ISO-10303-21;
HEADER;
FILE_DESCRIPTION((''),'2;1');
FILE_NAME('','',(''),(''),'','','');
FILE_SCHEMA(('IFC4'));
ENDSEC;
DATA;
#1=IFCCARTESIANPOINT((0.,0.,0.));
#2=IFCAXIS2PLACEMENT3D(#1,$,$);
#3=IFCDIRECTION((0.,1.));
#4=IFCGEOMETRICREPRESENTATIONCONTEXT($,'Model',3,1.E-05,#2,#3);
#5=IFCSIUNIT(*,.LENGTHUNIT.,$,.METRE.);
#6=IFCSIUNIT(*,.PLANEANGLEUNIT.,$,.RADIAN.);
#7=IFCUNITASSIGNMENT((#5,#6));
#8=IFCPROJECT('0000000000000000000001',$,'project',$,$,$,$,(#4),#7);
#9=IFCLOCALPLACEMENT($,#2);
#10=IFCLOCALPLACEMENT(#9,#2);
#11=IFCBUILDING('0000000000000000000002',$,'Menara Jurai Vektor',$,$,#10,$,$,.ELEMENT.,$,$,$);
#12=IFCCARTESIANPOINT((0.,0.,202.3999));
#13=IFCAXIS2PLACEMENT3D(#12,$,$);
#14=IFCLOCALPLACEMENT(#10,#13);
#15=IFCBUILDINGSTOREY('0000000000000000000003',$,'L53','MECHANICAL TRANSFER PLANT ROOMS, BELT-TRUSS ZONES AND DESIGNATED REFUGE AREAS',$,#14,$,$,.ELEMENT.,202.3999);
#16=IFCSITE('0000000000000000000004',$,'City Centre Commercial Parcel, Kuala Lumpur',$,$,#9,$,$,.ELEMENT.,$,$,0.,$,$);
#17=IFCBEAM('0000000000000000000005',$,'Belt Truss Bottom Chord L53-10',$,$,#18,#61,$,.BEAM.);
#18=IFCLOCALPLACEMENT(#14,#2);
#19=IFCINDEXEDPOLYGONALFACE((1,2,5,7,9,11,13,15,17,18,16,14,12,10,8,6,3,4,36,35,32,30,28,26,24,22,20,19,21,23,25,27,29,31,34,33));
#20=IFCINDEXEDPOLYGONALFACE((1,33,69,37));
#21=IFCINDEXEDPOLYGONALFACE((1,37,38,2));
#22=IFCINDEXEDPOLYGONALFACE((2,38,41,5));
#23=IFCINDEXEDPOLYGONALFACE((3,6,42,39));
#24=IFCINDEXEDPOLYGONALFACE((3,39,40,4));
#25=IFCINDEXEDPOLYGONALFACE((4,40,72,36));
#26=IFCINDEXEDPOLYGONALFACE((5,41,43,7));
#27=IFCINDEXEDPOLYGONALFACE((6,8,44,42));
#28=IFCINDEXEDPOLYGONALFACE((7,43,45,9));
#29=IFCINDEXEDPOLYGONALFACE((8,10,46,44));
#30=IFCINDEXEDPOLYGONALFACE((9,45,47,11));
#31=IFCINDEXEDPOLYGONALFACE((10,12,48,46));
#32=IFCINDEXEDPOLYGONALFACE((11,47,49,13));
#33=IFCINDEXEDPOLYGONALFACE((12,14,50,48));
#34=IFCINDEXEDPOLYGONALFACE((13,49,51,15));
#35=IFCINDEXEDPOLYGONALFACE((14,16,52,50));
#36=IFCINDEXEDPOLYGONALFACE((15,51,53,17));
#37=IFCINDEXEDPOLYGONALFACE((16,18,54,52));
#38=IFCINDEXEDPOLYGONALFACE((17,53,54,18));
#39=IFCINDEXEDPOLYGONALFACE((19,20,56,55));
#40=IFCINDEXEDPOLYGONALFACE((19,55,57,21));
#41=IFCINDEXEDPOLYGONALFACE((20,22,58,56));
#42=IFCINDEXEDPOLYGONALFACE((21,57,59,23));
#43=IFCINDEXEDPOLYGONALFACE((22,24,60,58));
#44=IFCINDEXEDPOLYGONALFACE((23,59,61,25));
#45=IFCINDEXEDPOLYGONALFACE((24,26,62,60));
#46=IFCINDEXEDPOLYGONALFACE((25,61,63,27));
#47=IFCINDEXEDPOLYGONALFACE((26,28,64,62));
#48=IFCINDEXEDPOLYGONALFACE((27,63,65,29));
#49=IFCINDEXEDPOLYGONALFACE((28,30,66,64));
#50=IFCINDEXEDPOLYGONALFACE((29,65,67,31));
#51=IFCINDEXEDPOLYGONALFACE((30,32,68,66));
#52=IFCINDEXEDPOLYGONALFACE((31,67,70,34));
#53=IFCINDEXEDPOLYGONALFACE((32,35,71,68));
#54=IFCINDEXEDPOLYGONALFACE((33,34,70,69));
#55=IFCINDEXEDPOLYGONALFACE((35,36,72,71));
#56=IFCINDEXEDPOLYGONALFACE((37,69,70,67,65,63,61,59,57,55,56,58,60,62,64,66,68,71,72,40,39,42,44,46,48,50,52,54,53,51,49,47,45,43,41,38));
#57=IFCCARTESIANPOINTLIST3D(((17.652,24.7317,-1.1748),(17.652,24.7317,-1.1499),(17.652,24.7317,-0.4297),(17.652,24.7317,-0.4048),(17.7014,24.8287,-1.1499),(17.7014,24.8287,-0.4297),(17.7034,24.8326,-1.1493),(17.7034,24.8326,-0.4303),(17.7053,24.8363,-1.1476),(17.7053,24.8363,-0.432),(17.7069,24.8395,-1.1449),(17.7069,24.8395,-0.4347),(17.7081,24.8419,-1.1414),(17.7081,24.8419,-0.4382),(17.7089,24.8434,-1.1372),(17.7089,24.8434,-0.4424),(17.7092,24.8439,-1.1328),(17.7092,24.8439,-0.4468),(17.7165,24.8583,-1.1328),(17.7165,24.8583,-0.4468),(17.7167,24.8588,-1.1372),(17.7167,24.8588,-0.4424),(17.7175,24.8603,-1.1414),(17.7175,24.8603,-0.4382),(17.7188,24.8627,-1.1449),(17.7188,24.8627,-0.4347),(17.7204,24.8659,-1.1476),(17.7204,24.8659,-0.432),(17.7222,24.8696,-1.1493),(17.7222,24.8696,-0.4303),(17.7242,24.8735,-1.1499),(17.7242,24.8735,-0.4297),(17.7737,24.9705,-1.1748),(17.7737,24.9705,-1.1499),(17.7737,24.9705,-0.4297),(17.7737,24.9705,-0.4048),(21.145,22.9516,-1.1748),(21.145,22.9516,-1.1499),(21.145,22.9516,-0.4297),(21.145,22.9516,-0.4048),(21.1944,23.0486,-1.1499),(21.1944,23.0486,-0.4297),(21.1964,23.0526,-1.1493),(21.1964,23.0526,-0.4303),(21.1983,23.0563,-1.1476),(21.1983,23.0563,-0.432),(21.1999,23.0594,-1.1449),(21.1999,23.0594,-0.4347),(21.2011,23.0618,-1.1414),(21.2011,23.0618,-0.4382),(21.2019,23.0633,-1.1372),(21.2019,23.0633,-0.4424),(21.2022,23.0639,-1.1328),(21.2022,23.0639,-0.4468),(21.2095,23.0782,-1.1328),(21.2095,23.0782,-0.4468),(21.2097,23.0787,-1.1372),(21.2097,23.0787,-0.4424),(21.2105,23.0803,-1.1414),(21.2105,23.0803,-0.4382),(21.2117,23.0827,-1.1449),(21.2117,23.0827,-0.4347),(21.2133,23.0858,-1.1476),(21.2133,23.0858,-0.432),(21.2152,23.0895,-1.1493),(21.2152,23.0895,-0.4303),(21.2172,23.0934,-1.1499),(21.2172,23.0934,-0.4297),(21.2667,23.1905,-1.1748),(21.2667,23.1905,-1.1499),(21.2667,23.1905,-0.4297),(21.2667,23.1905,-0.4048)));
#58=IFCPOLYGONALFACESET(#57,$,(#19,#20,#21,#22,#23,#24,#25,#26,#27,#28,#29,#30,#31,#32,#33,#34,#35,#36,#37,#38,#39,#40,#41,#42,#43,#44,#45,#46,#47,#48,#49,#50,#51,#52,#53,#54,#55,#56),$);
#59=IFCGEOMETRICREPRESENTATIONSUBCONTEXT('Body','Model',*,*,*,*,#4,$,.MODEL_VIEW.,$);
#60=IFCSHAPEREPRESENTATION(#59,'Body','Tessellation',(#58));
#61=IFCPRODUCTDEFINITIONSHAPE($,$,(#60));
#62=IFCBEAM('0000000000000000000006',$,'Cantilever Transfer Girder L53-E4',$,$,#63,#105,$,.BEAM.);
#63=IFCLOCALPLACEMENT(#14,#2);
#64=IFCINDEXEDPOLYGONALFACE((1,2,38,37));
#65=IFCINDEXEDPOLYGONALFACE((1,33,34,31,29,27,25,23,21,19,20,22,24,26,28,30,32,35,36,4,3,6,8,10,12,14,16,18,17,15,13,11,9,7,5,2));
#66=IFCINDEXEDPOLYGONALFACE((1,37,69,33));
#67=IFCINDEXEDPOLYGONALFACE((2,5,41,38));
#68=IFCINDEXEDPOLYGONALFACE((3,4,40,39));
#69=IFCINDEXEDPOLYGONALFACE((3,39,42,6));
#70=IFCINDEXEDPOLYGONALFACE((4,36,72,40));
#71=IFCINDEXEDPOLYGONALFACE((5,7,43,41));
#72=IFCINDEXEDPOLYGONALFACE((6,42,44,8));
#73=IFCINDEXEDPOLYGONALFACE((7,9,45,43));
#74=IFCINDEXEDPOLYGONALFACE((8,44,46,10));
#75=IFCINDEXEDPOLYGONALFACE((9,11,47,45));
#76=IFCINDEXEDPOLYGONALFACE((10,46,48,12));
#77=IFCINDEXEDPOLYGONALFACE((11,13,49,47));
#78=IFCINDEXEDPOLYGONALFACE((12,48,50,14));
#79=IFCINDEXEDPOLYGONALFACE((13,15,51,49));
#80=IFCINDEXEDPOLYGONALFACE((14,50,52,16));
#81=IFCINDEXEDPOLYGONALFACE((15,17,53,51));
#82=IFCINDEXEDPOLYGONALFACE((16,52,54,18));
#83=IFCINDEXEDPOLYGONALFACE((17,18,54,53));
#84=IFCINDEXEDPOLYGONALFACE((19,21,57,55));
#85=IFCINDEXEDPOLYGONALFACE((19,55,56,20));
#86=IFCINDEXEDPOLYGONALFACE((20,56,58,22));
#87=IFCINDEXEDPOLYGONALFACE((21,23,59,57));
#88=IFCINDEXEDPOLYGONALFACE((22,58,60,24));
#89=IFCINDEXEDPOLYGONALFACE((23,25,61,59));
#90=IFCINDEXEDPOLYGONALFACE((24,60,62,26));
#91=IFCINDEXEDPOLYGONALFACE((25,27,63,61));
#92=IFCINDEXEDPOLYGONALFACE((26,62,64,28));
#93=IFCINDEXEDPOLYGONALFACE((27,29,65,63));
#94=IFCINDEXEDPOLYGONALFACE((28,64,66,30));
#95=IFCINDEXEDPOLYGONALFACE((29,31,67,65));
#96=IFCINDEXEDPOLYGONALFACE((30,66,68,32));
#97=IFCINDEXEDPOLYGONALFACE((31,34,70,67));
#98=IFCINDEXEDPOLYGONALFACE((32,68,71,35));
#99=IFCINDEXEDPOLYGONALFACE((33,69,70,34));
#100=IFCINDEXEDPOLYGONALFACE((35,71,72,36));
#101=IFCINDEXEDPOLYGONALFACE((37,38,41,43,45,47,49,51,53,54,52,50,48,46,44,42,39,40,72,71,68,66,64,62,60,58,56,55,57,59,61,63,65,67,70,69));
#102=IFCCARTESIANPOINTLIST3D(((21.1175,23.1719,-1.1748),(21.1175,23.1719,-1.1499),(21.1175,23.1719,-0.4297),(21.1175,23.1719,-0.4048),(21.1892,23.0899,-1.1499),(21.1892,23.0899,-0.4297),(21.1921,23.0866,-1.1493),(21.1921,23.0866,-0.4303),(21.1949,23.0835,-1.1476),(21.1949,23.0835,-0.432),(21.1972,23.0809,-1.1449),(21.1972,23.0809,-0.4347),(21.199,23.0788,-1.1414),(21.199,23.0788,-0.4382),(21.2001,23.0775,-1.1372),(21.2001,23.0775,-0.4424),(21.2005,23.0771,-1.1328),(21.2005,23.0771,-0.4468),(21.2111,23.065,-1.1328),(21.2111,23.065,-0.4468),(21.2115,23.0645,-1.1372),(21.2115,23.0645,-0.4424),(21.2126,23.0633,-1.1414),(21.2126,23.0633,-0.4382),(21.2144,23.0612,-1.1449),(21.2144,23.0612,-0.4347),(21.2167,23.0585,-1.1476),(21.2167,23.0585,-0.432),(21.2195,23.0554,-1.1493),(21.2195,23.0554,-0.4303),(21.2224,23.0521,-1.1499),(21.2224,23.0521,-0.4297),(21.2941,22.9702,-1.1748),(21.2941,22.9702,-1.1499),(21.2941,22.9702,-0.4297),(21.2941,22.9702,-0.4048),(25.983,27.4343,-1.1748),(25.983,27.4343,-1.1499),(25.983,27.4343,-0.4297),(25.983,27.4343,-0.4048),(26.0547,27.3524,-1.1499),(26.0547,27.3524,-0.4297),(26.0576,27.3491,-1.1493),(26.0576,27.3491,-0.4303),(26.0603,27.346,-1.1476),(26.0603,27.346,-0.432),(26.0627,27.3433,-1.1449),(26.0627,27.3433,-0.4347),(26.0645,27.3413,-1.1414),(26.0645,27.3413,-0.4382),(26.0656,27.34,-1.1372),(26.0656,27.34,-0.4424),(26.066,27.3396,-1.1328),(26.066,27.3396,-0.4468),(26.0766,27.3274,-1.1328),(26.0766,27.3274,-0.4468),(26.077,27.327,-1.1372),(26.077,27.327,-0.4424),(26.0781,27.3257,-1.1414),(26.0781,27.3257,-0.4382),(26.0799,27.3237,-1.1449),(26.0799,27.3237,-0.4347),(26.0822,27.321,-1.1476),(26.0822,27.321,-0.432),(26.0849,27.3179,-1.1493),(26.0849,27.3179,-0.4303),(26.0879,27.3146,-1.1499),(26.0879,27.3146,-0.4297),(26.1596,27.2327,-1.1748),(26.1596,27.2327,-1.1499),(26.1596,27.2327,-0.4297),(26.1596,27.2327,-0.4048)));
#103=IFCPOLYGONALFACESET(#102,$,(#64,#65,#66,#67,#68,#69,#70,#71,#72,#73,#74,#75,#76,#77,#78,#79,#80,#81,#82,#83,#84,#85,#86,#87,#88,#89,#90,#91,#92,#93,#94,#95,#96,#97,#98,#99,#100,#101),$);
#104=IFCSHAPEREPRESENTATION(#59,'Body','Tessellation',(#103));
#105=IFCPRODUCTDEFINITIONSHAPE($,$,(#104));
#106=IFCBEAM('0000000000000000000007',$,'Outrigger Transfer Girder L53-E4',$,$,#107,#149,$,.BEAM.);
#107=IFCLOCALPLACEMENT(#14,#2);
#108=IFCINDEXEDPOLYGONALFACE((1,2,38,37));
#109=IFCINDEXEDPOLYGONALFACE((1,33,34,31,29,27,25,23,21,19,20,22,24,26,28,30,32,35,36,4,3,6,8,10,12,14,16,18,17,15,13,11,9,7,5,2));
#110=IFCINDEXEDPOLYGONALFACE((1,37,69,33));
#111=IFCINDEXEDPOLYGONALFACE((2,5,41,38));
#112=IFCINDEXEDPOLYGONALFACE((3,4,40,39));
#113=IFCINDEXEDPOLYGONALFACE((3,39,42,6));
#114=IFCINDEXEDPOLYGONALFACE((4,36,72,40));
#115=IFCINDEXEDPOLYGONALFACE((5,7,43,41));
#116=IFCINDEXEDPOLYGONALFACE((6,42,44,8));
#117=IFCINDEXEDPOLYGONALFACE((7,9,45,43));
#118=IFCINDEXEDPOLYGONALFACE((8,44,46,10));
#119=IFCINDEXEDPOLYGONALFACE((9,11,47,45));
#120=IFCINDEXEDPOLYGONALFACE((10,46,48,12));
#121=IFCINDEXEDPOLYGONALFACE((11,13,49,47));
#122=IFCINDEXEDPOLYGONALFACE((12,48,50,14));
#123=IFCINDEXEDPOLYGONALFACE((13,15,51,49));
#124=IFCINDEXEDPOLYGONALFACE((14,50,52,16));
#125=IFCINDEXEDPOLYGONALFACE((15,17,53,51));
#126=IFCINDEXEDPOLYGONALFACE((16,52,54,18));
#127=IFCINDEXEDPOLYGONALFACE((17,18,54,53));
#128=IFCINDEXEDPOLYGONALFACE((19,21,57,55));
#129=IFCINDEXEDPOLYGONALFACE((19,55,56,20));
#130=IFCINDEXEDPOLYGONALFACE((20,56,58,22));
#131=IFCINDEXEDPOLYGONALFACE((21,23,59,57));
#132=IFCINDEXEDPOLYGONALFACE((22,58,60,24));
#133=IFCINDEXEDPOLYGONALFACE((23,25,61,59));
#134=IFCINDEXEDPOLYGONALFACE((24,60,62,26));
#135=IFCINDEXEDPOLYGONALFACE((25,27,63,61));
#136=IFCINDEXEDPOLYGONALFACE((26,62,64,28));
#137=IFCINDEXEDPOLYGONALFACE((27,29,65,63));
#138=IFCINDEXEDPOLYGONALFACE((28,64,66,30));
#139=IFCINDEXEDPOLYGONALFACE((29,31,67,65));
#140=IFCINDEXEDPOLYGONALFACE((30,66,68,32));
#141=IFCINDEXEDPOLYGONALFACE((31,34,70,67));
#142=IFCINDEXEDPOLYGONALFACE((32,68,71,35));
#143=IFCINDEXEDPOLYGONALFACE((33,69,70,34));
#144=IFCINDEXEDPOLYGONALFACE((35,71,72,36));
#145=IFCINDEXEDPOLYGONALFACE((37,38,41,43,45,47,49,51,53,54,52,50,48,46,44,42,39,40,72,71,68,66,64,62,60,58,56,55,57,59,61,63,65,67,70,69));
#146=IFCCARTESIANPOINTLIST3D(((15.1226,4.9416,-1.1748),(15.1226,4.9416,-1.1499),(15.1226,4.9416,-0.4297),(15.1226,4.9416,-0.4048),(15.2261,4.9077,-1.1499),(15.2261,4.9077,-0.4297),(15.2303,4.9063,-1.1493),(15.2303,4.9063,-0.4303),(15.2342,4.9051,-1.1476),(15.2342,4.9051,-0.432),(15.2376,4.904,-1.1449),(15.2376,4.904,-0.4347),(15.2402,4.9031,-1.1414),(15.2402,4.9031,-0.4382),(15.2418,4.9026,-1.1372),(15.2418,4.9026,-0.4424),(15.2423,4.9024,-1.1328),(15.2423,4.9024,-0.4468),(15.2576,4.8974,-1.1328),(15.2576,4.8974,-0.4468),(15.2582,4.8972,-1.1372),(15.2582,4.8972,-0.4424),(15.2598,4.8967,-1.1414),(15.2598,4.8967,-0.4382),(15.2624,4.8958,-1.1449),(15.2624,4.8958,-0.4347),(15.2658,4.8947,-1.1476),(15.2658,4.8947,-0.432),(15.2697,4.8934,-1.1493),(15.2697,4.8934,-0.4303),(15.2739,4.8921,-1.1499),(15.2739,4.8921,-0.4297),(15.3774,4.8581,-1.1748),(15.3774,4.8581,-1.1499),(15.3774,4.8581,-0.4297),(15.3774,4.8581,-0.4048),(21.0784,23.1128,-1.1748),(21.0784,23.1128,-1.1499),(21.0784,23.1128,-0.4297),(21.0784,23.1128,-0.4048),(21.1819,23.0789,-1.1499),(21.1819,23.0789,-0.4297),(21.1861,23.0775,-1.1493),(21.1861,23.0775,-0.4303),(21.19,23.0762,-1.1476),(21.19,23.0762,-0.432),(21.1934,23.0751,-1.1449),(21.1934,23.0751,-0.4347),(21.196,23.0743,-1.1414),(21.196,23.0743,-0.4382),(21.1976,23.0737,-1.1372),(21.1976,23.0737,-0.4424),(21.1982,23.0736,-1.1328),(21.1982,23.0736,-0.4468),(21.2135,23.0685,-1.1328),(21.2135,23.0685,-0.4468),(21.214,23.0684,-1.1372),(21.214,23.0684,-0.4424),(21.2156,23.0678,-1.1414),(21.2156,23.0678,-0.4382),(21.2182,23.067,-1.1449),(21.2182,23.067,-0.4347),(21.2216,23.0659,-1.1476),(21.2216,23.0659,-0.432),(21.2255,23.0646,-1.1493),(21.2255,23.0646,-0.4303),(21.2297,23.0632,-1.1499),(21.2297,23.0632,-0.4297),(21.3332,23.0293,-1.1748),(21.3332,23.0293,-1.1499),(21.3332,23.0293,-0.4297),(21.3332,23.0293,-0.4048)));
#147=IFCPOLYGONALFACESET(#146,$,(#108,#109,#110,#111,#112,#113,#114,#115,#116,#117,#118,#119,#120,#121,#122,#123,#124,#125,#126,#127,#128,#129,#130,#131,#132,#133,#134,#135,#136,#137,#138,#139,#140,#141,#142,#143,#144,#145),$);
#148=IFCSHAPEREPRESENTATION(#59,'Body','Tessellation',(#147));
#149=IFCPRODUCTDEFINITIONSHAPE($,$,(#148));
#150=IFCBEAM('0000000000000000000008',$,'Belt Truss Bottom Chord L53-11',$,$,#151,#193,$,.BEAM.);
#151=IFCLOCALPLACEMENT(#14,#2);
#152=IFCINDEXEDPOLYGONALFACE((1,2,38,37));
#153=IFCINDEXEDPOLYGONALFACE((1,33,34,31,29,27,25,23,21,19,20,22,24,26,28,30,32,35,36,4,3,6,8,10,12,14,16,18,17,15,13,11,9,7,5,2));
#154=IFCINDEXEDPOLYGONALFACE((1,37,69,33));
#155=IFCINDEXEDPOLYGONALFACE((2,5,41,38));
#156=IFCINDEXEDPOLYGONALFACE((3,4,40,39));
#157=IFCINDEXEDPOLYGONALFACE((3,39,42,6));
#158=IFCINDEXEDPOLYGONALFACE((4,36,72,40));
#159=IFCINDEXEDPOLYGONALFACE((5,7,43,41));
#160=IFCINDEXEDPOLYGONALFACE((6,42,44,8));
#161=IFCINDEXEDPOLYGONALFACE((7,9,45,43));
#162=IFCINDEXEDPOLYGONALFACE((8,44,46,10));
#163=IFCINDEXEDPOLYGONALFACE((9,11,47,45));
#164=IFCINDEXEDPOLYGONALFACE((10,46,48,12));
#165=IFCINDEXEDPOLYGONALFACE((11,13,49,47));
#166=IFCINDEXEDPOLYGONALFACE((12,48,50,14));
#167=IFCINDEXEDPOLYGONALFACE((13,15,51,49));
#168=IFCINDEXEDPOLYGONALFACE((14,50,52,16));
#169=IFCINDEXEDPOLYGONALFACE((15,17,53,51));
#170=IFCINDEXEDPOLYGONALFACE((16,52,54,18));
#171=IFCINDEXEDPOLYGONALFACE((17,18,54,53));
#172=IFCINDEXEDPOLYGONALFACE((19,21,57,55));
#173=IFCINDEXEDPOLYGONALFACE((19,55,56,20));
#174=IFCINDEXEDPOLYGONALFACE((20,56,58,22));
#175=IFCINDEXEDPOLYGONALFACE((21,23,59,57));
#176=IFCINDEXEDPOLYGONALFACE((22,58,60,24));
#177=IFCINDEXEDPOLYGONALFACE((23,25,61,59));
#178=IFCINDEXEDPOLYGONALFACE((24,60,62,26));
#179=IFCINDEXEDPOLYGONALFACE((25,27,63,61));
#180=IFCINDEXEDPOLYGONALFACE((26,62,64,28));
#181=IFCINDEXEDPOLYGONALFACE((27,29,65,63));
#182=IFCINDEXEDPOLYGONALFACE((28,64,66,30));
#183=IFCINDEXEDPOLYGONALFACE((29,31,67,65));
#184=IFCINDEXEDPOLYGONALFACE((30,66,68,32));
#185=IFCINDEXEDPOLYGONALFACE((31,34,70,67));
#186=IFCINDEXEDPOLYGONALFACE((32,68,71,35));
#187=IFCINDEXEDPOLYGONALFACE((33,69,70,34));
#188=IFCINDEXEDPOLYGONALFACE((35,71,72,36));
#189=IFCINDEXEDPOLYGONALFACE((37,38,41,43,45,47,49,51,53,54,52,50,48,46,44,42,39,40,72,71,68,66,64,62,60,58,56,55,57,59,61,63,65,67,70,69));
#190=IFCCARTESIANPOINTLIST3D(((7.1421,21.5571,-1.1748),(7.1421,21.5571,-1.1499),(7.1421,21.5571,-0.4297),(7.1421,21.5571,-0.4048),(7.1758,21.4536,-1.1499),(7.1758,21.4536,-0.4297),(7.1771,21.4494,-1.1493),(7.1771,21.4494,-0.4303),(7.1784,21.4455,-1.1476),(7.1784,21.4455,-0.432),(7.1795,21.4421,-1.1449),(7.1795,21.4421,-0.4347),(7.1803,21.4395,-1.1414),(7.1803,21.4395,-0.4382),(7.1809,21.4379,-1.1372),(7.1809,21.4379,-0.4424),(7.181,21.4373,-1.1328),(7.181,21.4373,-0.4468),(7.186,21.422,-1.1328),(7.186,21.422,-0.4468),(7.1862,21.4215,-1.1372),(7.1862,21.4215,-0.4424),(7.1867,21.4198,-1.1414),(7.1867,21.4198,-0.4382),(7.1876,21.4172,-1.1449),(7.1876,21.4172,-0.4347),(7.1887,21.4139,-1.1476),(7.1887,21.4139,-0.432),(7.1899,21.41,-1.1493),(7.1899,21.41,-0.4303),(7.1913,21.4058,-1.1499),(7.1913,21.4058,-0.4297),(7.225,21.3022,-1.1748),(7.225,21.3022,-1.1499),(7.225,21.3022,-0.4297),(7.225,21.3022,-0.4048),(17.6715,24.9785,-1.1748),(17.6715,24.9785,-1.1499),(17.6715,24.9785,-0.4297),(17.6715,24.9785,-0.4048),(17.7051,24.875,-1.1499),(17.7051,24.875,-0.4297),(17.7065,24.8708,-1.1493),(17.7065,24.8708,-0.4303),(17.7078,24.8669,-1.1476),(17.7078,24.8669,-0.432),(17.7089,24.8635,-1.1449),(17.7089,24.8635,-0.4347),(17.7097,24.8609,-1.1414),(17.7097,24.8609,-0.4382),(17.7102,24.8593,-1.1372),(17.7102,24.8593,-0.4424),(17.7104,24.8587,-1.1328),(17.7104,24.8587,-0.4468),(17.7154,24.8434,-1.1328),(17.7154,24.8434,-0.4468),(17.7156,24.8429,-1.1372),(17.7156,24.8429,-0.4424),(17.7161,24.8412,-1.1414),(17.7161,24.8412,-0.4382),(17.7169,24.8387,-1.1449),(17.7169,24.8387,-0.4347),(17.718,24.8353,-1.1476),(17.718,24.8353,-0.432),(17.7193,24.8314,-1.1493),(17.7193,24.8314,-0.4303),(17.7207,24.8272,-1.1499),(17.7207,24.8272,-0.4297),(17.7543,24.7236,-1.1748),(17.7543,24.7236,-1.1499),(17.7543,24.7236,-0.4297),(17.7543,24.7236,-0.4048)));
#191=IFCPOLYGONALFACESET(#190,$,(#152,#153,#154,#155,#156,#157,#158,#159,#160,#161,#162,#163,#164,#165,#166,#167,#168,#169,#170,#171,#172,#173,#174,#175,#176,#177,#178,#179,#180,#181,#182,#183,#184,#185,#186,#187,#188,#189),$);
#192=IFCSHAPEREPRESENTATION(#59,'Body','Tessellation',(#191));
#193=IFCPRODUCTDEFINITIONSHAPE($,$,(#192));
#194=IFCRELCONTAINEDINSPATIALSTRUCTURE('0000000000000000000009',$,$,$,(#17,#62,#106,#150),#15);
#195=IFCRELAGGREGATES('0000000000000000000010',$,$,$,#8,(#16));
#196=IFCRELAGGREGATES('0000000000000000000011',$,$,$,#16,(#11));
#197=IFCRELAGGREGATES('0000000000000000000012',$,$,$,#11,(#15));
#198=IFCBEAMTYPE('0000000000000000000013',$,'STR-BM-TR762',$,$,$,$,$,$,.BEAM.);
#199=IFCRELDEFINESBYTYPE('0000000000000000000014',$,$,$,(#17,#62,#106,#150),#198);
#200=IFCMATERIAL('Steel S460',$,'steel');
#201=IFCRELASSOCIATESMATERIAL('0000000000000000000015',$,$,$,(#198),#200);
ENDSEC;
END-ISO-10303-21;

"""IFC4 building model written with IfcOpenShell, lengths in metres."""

from ifc_helpers import new_model, si_unit, direction, frame, origin, origin_2d, place, context, subcontext, project, spatial, i_section, extrude, material, material_profile, profile_set, type_object, element, save


model = new_model("IFC4")

# Units and contexts
model_context = context("Model", 3, precision=1e-05, world=origin(), true_north=direction((0.0, 1.0)))
body_context = subcontext(model_context, "Body", "Model", "MODEL_VIEW")
ifc_project = project(units=[si_unit("LENGTHUNIT", "METRE"), si_unit("PLANEANGLEUNIT", "RADIAN")], contexts=[model_context])

# Site, building, storey
site_placement = place(None, origin())
site = spatial("IfcSite", under=ifc_project, at=site_placement, Name="City Centre Commercial Parcel, Kuala Lumpur", CompositionType="ELEMENT", RefElevation=0.0)
building_placement = place(site_placement, origin())
building = spatial("IfcBuilding", under=site, at=building_placement, Name="Menara Jurai Vektor", CompositionType="ELEMENT")
storey_placement = place(building_placement, frame((0.0, 0.0, 202.3999)))
storey = spatial("IfcBuildingStorey", under=building, at=storey_placement, Name="L53", Description="MECHANICAL TRANSFER PLANT ROOMS, BELT-TRUSS ZONES AND DESIGNATED REFUGE AREAS", CompositionType="ELEMENT", Elevation=202.3999)

# Shared definitions
ifc_material_1 = material(Name="Steel S460", Category="steel")

# Beams
ifc_material_profile_1 = material_profile(ifc_material_1, i_section(OverallWidth=0.2681, OverallDepth=0.77, WebThickness=0.0161, FlangeThickness=0.0249, FilletRadius=0.0171, at=origin_2d()), Name="UKB 762x267x197")
ifc_profile_set_1 = profile_set([ifc_material_profile_1], Name="Steel S460")
beam_type_1 = type_object("IfcBeamType", Name="STR-BM-TR762", PredefinedType="BEAM", material=ifc_profile_set_1)
beam_1_placement = place(storey_placement, frame((21.2058, 23.071, -0.7898), z_axis=(-0.890976, 0.454051, 0.0), x_axis=(-0.454051, -0.890976, 0.0)))
element("IfcBeam", 1, at=beam_1_placement, inside=storey, type_object=beam_type_1, Name="Belt Truss Bottom Chord L53-10", PredefinedType="BEAM", context=body_context, shape_type="SweptSolid", body=[
    extrude(i_section(OverallWidth=0.2681, OverallDepth=0.77, WebThickness=0.0161, FlangeThickness=0.0249, FilletRadius=0.0171, at=origin_2d()), origin(), (0.0, 0.0, 1.0), 3.9204),
])
beam_2_placement = place(storey_placement, frame((26.0713, 27.3335, -0.7898), z_axis=(-0.752181, -0.658956, 0.0), x_axis=(0.658956, -0.752181, 0.0)))
element("IfcBeam", 2, at=beam_2_placement, inside=storey, type_object=beam_type_1, Name="Cantilever Transfer Girder L53-E4", PredefinedType="BEAM", context=body_context, shape_type="SweptSolid", body=[
    extrude(i_section(OverallWidth=0.2681, OverallDepth=0.77, WebThickness=0.0161, FlangeThickness=0.0249, FilletRadius=0.0171, at=origin_2d()), origin(), (0.0, 0.0, 1.0), 6.4685),
])
beam_3_placement = place(storey_placement, frame((21.2058, 23.071, -0.7898), z_axis=(-0.311459, -0.95026, 0.0), x_axis=(0.95026, -0.311459, 0.0)))
element("IfcBeam", 3, at=beam_3_placement, inside=storey, type_object=beam_type_1, Name="Outrigger Transfer Girder L53-E4", PredefinedType="BEAM", context=body_context, shape_type="SweptSolid", body=[
    extrude(i_section(OverallWidth=0.2681, OverallDepth=0.77, WebThickness=0.0161, FlangeThickness=0.0249, FilletRadius=0.0171, at=origin_2d()), origin(), (0.0, 0.0, 1.0), 19.1223),
])
beam_4_placement = place(storey_placement, frame((17.7129, 24.8511, -0.7898), z_axis=(-0.951051, -0.309034, 0.0), x_axis=(0.309034, -0.951051, 0.0)))
element("IfcBeam", 4, at=beam_4_placement, inside=storey, type_object=beam_type_1, Name="Belt Truss Bottom Chord L53-11", PredefinedType="BEAM", context=body_context, shape_type="SweptSolid", body=[
    extrude(i_section(OverallWidth=0.2681, OverallDepth=0.77, WebThickness=0.0161, FlangeThickness=0.0249, FilletRadius=0.0171, at=origin_2d()), origin(), (0.0, 0.0, 1.0), 11.0713),
])

save(model, "model.ifc")
